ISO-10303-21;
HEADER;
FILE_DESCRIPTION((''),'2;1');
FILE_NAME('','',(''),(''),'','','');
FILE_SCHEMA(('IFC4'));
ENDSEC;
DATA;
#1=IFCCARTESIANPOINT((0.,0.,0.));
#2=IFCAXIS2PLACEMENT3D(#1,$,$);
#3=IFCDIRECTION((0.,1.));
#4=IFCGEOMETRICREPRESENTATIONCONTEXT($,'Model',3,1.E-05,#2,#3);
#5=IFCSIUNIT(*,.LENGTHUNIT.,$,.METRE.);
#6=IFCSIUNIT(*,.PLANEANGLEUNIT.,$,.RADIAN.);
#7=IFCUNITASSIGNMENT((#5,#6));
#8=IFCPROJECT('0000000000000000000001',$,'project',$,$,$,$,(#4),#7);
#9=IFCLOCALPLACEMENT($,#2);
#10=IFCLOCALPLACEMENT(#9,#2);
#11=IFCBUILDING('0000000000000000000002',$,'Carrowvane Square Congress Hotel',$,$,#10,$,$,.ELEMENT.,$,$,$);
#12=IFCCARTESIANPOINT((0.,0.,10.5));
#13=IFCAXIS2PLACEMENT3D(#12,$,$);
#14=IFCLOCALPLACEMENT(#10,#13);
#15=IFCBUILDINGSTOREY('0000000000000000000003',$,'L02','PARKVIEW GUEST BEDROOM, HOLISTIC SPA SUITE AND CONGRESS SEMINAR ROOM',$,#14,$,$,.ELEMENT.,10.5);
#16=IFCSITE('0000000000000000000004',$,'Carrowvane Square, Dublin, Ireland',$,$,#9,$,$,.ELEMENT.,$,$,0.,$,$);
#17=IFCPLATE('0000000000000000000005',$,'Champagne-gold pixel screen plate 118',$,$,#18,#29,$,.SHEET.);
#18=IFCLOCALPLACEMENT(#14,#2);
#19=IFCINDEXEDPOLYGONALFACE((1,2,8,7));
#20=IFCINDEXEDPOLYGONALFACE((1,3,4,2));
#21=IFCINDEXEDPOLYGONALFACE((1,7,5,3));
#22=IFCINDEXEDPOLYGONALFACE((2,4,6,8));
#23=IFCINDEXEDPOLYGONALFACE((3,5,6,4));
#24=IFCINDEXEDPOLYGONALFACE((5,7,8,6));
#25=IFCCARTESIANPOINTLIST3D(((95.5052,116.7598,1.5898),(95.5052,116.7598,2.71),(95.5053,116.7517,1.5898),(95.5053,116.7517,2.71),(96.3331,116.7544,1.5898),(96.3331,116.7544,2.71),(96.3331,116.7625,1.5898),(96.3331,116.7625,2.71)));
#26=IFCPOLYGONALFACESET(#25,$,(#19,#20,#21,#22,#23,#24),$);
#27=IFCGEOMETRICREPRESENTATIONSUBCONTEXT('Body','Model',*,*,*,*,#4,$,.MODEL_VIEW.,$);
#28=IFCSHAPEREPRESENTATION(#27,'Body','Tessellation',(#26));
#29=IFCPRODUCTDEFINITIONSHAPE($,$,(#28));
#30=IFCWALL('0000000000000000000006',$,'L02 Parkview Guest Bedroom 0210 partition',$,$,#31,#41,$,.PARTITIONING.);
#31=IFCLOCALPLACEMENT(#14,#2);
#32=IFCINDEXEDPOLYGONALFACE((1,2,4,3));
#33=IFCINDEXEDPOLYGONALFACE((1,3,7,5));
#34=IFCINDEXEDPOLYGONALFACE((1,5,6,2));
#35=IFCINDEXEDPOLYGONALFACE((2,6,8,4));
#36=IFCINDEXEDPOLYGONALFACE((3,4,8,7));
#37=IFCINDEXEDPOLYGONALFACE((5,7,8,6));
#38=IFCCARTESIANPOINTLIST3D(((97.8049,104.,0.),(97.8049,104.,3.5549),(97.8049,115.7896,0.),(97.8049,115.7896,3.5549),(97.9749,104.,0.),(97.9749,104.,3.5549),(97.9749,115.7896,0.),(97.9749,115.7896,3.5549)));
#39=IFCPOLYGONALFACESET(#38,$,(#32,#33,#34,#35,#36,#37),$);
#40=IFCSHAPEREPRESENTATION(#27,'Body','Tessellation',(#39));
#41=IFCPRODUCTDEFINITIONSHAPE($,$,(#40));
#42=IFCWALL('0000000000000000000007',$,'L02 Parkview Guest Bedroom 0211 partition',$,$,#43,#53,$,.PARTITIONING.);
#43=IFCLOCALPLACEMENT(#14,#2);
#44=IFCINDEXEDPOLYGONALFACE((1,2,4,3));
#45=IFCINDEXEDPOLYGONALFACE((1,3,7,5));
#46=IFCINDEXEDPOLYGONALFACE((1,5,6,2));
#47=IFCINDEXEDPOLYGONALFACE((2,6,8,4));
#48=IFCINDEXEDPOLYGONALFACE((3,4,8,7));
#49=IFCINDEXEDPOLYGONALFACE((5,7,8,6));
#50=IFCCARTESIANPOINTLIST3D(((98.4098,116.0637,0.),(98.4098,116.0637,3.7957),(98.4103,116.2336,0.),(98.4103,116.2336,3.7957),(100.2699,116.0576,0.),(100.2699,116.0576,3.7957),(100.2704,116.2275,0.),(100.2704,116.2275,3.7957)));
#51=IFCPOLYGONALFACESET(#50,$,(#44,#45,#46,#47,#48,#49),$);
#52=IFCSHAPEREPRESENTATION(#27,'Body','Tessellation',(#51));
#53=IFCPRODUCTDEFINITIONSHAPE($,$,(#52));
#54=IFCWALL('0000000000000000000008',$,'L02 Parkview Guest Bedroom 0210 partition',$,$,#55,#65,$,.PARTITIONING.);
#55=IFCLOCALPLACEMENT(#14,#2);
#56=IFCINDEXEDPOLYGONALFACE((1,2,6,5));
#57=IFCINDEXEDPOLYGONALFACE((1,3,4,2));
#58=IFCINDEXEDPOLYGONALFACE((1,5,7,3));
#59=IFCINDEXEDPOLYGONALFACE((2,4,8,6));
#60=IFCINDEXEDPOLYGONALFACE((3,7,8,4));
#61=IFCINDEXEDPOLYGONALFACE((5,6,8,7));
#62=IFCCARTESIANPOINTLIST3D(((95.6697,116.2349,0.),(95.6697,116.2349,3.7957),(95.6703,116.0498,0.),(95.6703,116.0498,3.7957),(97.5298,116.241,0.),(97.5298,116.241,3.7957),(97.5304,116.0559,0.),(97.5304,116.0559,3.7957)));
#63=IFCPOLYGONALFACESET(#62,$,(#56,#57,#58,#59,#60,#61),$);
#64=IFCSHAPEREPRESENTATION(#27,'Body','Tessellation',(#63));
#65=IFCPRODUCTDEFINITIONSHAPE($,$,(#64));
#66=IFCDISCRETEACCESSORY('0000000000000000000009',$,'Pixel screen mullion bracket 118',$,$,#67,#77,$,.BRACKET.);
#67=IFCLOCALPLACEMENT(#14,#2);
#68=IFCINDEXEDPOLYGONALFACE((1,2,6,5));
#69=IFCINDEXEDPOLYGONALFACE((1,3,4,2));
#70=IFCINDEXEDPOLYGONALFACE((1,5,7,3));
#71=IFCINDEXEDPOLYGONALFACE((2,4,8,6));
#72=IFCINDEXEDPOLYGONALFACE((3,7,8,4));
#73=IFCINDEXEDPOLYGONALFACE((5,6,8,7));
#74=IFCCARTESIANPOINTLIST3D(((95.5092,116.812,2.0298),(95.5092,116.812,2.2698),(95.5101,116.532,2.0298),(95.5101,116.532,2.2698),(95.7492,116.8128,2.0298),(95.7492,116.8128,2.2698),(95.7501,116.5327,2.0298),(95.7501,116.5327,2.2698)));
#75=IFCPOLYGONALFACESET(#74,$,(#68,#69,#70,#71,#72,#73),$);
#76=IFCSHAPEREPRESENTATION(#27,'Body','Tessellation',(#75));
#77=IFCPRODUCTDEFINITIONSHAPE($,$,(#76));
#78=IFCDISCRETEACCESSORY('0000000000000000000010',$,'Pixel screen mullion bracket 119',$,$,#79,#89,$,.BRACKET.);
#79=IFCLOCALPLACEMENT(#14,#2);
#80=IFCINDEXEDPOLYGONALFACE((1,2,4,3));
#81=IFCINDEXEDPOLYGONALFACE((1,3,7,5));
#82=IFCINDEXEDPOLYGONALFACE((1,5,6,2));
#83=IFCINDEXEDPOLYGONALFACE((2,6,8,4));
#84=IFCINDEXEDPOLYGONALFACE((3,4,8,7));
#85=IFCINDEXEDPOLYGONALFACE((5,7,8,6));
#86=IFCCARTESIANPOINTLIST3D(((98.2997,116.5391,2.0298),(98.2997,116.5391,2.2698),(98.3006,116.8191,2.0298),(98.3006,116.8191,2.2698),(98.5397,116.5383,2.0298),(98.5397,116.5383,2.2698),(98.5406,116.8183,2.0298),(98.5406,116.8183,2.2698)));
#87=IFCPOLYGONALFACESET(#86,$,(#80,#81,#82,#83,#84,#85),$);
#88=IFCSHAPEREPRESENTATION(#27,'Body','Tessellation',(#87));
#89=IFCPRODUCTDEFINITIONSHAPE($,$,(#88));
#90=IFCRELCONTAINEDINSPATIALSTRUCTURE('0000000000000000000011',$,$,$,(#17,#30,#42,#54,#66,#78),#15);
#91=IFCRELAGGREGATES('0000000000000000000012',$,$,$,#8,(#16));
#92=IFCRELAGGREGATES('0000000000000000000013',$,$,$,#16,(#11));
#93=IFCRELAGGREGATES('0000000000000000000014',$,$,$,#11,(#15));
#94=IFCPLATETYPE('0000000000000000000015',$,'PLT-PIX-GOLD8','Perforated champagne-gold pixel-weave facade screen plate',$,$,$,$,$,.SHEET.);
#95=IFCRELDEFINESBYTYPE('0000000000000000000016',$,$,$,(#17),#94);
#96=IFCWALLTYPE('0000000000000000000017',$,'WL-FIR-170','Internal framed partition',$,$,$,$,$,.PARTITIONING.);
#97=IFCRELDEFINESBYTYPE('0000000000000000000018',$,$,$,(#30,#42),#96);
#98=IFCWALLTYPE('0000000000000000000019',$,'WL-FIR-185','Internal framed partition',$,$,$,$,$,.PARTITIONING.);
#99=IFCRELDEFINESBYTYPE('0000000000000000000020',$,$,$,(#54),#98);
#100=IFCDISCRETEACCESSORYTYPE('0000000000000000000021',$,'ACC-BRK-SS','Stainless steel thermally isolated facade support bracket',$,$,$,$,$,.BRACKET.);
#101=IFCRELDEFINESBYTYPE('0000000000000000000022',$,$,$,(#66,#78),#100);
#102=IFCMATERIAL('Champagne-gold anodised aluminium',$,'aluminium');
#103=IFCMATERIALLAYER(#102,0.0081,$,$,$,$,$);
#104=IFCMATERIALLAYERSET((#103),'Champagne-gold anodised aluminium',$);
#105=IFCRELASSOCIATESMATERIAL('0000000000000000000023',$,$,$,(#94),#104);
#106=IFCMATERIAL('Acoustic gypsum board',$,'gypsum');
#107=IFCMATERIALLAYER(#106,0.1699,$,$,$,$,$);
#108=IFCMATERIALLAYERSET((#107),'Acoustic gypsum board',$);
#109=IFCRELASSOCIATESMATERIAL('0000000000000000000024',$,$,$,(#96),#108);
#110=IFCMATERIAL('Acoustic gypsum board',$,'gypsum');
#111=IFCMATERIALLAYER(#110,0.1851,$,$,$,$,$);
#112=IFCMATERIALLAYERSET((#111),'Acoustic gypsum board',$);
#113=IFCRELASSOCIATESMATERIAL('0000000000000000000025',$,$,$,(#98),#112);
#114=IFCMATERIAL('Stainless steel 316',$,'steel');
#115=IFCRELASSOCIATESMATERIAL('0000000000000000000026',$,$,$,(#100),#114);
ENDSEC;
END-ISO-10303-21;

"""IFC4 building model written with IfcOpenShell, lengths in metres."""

from ifc_helpers import new_model, si_unit, direction, frame, frame_2d, origin, origin_2d, place, context, subcontext, project, spatial, rectangle, extrude, material, layer, layer_set, type_object, element, save


model = new_model("IFC4")

# Units and contexts
model_context = context("Model", 3, precision=1e-05, world=origin(), true_north=direction((0.0, 1.0)))
body_context = subcontext(model_context, "Body", "Model", "MODEL_VIEW")
ifc_project = project(units=[si_unit("LENGTHUNIT", "METRE"), si_unit("PLANEANGLEUNIT", "RADIAN")], contexts=[model_context])

# Site, building, storey
site_placement = place(None, origin())
site = spatial("IfcSite", under=ifc_project, at=site_placement, Name="Carrowvane Square, Dublin, Ireland", CompositionType="ELEMENT", RefElevation=0.0)
building_placement = place(site_placement, origin())
building = spatial("IfcBuilding", under=site, at=building_placement, Name="Carrowvane Square Congress Hotel", CompositionType="ELEMENT")
storey_placement = place(building_placement, frame((0.0, 0.0, 10.5)))
storey = spatial("IfcBuildingStorey", under=building, at=storey_placement, Name="L02", Description="PARKVIEW GUEST BEDROOM, HOLISTIC SPA SUITE AND CONGRESS SEMINAR ROOM", CompositionType="ELEMENT", Elevation=10.5)

# Plate
ifc_material_1 = material(Name="Champagne-gold anodised aluminium", Category="aluminium")
ifc_layer_1 = layer(ifc_material_1, 0.0081)
ifc_layer_set_1 = layer_set([ifc_layer_1], Name="Champagne-gold anodised aluminium")
plate_type_1 = type_object("IfcPlateType", Name="PLT-PIX-GOLD8", Description="Perforated champagne-gold pixel-weave facade screen plate", PredefinedType="SHEET", material=ifc_layer_set_1)
plate_1_placement = place(storey_placement, frame((95.9192, 116.7571, 1.5898), z_axis=(0.0, 0.0, 1.0), x_axis=(0.999995, 0.00327, 0.0)))
element("IfcPlate", 1, at=plate_1_placement, inside=storey, type_object=plate_type_1, Name="Champagne-gold pixel screen plate 118", PredefinedType="SHEET", context=body_context, shape_type="SweptSolid", body=[
    extrude(rectangle(XDim=0.8279, YDim=0.0081, at=origin_2d()), origin(), (0.0, 0.0, 1.0), 1.1201),
])

# Walls
ifc_material_2 = material(Name="Acoustic gypsum board", Category="gypsum")
ifc_layer_2 = layer(ifc_material_2, 0.1699)
ifc_layer_set_2 = layer_set([ifc_layer_2], Name="Acoustic gypsum board")
wall_type_1 = type_object("IfcWallType", Name="WL-FIR-170", Description="Internal framed partition", PredefinedType="PARTITIONING", material=ifc_layer_set_2)
wall_1_placement = place(storey_placement, frame((97.8899, 115.7896, 0.0), z_axis=(0.0, 0.0, 1.0), x_axis=(0.0, -1.0, 0.0)))
element("IfcWall", 2, at=wall_1_placement, inside=storey, type_object=wall_type_1, Name="L02 Parkview Guest Bedroom 0210 partition", PredefinedType="PARTITIONING", context=body_context, shape_type="SweptSolid", body=[
    extrude(rectangle(XDim=11.7896, YDim=0.1699, at=frame_2d((5.8948, 0.0))), origin(), (0.0, 0.0, 1.0), 3.5549),
])
wall_2_placement = place(storey_placement, frame((98.4099, 116.1487, 0.0), z_axis=(0.0, 0.0, 1.0), x_axis=(0.999995, -0.003281, 0.0)))
element("IfcWall", 3, at=wall_2_placement, inside=storey, type_object=wall_type_1, Name="L02 Parkview Guest Bedroom 0211 partition", PredefinedType="PARTITIONING", context=body_context, shape_type="SweptSolid", body=[
    extrude(rectangle(XDim=1.8601, YDim=0.1699, at=frame_2d((0.9302, 0.0))), origin(), (0.0, 0.0, 1.0), 3.7957),
])
ifc_material_3 = material(Name="Acoustic gypsum board", Category="gypsum")
ifc_layer_3 = layer(ifc_material_3, 0.1851)
ifc_layer_set_3 = layer_set([ifc_layer_3], Name="Acoustic gypsum board")
wall_type_2 = type_object("IfcWallType", Name="WL-FIR-185", Description="Internal framed partition", PredefinedType="PARTITIONING", material=ifc_layer_set_3)
wall_3_placement = place(storey_placement, frame((95.6699, 116.1423, 0.0), z_axis=(0.0, 0.0, 1.0), x_axis=(0.999995, 0.003281, 0.0)))
element("IfcWall", 4, at=wall_3_placement, inside=storey, type_object=wall_type_2, Name="L02 Parkview Guest Bedroom 0210 partition", PredefinedType="PARTITIONING", context=body_context, shape_type="SweptSolid", body=[
    extrude(rectangle(XDim=1.8601, YDim=0.1851, at=frame_2d((0.9302, 0.0))), origin(), (0.0, 0.0, 1.0), 3.7957),
])

# Discrete accessories
ifc_material_4 = material(Name="Stainless steel 316", Category="steel")
discrete_accessory_type = type_object("IfcDiscreteAccessoryType", Name="ACC-BRK-SS", Description="Stainless steel thermally isolated facade support bracket", PredefinedType="BRACKET", material=ifc_material_4)
for number, where, z_axis, x_axis, name in (
    (5, (95.6296, 116.6724, 2.0298), (0.0, 0.0, 1.0), (0.999995, 0.00327, 0.0), "Pixel screen mullion bracket 118"),
    (6, (98.4202, 116.6787, 2.0298), (0.0, 0.0, 1.0), (0.999995, -0.00327, 0.0), "Pixel screen mullion bracket 119"),
):
    element("IfcDiscreteAccessory", number, at=place(storey_placement, frame(where, z_axis=z_axis, x_axis=x_axis)), inside=storey, type_object=discrete_accessory_type, Name=name, PredefinedType="BRACKET", context=body_context, shape_type="SweptSolid", body=[
        extrude(rectangle(XDim=0.24, YDim=0.28, at=origin_2d()), origin(), (0.0, 0.0, 1.0), 0.24),
    ])

save(model, "model.ifc")
